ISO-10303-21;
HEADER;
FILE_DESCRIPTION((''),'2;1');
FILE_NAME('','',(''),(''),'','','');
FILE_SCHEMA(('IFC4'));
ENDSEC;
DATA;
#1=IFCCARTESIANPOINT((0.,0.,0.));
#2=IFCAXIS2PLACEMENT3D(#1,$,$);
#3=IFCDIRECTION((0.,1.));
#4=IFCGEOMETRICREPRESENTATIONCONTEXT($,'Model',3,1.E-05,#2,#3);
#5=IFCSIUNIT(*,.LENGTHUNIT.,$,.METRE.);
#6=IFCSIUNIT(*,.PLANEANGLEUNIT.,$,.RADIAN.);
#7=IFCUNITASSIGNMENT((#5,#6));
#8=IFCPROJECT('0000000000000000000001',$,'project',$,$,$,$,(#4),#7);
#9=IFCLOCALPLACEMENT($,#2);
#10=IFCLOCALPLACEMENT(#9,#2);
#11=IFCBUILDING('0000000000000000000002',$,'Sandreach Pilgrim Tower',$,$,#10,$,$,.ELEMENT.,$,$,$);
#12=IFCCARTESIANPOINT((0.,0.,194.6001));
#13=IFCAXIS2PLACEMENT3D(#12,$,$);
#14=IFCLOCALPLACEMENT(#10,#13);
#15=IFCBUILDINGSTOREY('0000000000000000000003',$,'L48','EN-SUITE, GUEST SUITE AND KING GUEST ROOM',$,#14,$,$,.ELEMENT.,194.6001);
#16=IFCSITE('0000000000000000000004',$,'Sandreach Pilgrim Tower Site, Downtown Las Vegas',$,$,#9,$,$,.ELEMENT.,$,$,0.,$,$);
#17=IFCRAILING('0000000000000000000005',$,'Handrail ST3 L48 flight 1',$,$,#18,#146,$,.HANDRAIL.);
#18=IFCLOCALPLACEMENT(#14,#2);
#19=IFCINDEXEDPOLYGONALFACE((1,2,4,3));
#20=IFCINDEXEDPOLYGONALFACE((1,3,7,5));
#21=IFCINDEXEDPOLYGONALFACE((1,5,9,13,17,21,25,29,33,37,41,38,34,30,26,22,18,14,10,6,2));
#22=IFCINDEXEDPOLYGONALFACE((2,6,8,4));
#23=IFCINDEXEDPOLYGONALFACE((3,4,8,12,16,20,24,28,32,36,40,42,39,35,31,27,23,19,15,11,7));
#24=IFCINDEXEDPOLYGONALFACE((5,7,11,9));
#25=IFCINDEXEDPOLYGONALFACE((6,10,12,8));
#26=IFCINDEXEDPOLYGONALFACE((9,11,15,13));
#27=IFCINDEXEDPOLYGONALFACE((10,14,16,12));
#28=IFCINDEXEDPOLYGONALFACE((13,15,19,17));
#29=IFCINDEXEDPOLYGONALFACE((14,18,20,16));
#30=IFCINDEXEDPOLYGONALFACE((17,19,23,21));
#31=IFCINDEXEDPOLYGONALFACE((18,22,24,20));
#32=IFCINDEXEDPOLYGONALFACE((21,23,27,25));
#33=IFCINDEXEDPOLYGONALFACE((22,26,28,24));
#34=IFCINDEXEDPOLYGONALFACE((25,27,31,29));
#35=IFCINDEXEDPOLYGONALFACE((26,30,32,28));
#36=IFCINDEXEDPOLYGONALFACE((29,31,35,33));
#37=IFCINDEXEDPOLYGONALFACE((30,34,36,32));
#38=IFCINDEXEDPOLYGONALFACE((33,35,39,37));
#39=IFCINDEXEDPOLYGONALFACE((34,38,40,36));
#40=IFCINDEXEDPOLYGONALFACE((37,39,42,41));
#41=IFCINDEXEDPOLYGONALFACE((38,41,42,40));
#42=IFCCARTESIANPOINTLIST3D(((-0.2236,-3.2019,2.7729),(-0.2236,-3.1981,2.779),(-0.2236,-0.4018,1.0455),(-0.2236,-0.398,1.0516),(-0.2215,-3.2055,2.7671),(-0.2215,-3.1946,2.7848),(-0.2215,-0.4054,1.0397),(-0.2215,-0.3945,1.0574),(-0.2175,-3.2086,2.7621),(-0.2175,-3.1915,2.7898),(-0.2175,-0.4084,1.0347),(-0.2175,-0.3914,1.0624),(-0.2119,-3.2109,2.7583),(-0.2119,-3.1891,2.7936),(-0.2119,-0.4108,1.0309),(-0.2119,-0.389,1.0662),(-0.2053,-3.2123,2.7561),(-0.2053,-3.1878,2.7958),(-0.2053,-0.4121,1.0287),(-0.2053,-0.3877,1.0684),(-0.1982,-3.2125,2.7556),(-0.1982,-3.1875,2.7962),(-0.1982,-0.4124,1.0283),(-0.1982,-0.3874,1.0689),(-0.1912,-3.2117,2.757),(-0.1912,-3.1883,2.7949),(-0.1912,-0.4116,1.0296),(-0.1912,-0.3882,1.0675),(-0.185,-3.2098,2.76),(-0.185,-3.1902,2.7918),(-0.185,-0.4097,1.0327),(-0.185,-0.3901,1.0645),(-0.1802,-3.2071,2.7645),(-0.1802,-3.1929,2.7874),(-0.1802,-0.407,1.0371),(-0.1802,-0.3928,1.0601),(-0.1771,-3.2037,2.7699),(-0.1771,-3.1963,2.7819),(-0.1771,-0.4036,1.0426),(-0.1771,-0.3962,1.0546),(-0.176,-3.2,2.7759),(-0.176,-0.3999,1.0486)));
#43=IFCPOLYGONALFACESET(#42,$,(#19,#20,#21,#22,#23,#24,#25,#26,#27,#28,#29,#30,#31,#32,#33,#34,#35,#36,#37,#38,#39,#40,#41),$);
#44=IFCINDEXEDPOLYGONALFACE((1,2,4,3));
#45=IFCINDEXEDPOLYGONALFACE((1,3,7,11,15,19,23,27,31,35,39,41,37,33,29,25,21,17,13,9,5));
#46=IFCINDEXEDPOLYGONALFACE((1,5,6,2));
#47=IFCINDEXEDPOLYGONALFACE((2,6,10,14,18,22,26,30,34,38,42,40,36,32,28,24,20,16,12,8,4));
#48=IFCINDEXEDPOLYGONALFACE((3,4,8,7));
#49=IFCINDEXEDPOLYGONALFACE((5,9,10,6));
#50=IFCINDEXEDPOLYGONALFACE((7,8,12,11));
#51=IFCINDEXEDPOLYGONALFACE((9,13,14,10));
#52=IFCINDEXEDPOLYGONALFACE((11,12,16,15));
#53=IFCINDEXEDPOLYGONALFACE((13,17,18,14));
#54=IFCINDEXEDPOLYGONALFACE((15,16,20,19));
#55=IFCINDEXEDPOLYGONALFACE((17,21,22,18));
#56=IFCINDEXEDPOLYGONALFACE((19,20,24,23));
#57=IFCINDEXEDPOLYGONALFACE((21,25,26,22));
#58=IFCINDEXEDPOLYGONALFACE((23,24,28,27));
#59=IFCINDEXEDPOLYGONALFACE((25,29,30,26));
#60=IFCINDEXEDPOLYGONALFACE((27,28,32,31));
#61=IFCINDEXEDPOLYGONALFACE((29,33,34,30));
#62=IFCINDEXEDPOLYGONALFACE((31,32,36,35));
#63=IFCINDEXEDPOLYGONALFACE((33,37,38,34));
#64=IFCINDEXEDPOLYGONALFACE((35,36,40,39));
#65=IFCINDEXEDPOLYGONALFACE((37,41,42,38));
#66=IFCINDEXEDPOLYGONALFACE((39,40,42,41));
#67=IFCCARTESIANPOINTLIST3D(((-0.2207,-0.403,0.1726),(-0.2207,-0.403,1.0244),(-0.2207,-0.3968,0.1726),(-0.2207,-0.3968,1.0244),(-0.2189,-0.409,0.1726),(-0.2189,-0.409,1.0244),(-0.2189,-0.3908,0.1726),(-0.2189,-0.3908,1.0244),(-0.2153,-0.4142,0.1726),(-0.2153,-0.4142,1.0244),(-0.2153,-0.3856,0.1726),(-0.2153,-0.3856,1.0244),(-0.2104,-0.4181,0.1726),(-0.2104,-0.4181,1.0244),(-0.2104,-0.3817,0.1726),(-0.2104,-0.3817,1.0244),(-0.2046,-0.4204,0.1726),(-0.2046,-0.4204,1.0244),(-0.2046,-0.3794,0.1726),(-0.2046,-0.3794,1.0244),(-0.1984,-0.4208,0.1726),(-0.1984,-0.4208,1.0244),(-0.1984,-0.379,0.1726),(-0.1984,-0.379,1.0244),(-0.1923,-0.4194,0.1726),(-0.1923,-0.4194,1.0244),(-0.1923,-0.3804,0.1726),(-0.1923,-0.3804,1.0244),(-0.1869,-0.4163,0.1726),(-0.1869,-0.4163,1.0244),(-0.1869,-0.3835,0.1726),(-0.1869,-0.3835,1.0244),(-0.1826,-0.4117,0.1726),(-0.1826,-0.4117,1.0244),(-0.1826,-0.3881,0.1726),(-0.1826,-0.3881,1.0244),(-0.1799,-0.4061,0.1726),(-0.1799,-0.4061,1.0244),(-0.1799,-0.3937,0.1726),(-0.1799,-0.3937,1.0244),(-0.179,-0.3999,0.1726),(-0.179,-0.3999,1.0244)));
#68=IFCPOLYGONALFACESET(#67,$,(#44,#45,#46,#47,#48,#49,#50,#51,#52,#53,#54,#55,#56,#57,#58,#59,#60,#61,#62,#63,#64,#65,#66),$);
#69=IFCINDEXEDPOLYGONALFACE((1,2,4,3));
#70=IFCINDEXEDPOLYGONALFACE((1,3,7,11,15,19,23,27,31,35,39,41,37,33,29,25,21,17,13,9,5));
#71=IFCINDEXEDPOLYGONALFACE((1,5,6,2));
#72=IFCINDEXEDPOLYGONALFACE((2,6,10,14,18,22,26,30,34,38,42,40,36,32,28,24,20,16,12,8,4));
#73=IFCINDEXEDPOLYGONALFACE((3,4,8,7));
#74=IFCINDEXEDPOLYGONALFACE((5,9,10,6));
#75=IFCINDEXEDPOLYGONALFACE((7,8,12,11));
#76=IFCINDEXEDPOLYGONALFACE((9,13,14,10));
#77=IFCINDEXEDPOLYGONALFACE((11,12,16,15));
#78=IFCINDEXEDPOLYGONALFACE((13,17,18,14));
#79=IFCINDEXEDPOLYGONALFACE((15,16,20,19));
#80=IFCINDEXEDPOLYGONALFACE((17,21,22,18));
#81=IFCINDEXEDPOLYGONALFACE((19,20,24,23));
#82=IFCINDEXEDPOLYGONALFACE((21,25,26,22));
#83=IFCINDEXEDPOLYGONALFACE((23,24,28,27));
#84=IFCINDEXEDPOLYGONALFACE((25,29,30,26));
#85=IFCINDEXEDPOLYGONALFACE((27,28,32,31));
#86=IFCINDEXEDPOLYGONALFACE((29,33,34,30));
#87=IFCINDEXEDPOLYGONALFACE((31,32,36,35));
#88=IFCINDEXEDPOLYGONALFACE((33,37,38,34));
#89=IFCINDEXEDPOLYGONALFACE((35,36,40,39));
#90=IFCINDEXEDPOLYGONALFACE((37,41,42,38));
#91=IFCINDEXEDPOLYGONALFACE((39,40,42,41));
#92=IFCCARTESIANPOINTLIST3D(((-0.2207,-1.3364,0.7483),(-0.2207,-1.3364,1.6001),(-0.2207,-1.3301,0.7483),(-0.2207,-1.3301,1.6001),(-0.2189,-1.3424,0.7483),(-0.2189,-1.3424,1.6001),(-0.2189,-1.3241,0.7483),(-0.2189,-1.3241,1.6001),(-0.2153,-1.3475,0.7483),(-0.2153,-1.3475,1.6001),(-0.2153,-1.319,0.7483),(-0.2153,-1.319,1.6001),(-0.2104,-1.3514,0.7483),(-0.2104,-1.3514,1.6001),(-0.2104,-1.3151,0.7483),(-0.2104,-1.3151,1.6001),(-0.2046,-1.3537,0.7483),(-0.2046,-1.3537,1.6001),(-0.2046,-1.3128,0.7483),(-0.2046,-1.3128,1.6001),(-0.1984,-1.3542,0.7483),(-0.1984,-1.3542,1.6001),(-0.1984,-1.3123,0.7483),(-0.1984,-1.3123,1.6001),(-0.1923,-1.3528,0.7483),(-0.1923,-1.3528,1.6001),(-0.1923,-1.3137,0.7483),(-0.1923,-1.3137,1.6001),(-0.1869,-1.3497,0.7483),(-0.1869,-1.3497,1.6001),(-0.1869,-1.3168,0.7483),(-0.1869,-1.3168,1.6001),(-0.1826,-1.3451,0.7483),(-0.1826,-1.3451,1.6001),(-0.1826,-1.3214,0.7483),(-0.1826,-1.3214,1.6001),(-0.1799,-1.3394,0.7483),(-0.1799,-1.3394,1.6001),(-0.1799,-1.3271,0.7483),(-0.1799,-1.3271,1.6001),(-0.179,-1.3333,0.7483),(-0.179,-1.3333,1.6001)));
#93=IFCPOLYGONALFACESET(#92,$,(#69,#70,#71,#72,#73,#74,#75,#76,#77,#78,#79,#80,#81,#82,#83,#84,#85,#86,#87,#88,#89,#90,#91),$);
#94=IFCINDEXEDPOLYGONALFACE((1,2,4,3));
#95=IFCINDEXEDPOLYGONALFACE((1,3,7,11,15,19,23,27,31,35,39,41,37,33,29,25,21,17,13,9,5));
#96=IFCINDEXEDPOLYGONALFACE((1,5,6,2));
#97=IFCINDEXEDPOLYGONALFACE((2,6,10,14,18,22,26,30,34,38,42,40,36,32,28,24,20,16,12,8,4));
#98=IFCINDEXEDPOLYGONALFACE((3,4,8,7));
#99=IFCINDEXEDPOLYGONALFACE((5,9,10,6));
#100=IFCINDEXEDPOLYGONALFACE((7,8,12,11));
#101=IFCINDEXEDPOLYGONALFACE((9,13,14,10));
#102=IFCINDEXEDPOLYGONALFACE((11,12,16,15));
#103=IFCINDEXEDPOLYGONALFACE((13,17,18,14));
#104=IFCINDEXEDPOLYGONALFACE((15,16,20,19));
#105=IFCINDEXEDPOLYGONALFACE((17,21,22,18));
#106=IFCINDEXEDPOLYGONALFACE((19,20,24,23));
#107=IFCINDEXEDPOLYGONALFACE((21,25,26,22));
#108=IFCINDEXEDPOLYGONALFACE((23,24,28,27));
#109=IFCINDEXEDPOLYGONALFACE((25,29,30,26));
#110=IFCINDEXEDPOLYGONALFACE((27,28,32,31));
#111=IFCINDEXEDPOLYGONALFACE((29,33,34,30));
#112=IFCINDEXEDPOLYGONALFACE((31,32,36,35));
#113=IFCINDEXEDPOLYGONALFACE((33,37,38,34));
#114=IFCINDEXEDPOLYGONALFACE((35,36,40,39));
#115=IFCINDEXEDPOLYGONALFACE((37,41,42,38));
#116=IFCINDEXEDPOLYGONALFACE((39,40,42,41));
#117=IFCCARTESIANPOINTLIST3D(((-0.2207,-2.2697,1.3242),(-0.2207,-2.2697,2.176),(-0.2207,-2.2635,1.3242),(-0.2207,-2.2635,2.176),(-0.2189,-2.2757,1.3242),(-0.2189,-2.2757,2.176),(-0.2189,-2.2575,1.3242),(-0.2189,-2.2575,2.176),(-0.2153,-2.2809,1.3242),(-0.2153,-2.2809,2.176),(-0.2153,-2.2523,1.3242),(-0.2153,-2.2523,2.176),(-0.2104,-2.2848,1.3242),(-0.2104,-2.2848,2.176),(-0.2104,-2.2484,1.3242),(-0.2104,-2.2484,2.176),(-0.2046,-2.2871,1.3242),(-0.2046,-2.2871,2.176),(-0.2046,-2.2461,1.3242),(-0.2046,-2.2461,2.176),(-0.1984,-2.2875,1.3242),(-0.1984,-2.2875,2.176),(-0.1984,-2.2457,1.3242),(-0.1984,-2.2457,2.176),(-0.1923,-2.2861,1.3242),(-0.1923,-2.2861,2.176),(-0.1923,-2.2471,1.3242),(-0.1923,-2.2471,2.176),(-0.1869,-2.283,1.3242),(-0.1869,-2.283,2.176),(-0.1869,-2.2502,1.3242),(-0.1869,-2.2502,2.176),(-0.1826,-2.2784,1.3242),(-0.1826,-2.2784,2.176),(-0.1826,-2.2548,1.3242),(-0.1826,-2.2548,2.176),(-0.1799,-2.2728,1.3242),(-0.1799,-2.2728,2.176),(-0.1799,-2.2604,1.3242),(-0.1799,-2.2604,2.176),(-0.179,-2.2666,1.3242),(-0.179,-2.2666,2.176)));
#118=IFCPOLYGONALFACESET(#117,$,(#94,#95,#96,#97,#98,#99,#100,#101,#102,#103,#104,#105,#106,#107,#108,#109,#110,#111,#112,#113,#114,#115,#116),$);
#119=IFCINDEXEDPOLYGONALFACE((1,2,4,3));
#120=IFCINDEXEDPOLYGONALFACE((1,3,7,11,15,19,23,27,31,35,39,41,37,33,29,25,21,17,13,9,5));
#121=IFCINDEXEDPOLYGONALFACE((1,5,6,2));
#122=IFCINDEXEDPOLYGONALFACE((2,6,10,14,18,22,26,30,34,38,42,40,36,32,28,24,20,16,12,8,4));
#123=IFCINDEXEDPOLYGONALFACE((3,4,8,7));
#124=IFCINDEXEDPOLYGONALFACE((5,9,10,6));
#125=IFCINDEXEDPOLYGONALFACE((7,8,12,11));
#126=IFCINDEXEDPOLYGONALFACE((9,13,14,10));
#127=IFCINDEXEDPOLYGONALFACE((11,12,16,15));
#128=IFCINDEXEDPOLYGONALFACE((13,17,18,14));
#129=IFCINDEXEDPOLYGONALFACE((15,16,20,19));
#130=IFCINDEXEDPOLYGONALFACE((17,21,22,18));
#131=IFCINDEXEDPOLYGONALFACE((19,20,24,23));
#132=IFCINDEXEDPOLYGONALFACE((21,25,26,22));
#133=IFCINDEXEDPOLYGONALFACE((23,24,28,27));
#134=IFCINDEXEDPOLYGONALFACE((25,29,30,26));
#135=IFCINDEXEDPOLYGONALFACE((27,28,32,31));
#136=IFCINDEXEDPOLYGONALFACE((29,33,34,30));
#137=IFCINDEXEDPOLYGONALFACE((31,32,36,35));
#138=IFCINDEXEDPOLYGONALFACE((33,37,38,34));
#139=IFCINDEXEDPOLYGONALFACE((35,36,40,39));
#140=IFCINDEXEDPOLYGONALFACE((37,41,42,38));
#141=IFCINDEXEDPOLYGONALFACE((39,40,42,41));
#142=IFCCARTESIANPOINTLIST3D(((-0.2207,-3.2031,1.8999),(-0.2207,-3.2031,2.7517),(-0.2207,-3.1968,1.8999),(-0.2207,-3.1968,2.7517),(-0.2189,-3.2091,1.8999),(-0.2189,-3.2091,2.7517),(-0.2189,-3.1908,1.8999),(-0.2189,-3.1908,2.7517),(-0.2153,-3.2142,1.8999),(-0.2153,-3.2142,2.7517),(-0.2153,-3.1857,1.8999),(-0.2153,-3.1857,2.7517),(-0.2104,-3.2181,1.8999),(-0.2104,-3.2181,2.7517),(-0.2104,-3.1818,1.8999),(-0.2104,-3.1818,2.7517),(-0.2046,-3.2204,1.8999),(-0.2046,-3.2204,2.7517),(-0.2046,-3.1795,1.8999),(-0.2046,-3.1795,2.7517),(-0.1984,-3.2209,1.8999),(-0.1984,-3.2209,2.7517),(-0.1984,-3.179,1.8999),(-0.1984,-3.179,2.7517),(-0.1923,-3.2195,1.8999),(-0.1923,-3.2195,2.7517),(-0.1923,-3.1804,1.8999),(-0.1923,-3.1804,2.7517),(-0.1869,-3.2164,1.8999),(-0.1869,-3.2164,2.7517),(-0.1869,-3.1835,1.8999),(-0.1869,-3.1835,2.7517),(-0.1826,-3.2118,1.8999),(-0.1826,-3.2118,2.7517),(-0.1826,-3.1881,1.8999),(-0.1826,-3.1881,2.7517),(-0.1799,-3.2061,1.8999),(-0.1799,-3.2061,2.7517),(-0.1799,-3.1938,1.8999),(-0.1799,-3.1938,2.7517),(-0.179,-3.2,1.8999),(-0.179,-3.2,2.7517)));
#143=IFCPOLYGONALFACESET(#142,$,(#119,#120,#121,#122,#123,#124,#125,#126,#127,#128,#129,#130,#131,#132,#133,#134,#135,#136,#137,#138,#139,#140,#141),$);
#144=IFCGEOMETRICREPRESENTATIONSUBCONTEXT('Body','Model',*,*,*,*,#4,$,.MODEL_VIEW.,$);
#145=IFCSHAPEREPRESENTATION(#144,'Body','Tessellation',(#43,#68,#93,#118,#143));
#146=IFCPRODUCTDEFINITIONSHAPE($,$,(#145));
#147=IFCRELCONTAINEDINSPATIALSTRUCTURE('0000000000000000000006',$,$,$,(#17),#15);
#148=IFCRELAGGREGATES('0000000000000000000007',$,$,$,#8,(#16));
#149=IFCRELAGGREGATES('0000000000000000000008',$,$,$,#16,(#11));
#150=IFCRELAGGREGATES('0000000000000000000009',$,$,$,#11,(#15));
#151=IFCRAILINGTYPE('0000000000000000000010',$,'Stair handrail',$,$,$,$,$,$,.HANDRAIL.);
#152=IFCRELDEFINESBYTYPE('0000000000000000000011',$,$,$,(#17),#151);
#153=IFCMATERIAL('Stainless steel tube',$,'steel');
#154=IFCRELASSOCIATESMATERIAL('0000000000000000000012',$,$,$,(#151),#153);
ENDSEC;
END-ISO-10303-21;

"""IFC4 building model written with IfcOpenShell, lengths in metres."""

from ifc_helpers import new_model, si_unit, direction, frame, origin, origin_2d, place, context, subcontext, project, spatial, circle, extrude, material, type_object, element, save


model = new_model("IFC4")

# Units and contexts
model_context = context("Model", 3, precision=1e-05, world=origin(), true_north=direction((0.0, 1.0)))
body_context = subcontext(model_context, "Body", "Model", "MODEL_VIEW")
ifc_project = project(units=[si_unit("LENGTHUNIT", "METRE"), si_unit("PLANEANGLEUNIT", "RADIAN")], contexts=[model_context])

# Site, building, storey
site_placement = place(None, origin())
site = spatial("IfcSite", under=ifc_project, at=site_placement, Name="Sandreach Pilgrim Tower Site, Downtown Las Vegas", CompositionType="ELEMENT", RefElevation=0.0)
building_placement = place(site_placement, origin())
building = spatial("IfcBuilding", under=site, at=building_placement, Name="Sandreach Pilgrim Tower", CompositionType="ELEMENT")
storey_placement = place(building_placement, frame((0.0, 0.0, 194.6001)))
storey = spatial("IfcBuildingStorey", under=building, at=storey_placement, Name="L48", Description="EN-SUITE, GUEST SUITE AND KING GUEST ROOM", CompositionType="ELEMENT", Elevation=194.6001)

# Railing
ifc_material_1 = material(Name="Stainless steel tube", Category="steel")
railing_type = type_object("IfcRailingType", Name="Stair handrail", PredefinedType="HANDRAIL", material=ifc_material_1)
for number, where, name in (
    (1, (-0.2, -0.3999, 0.1726), "Handrail ST3 L48 flight 1"),
):
    element("IfcRailing", number, at=place(storey_placement, frame(where)), inside=storey, type_object=railing_type, Name=name, PredefinedType="HANDRAIL", context=body_context, shape_type="SweptSolid", body=[
        extrude(circle(Radius=0.0239, at=origin_2d()), frame((0.0, 0.0, 0.876), z_axis=(0.0, -0.85109, 0.52502), x_axis=(1.0, 0.0, 0.0)), (0.0, 0.0, 1.0), 3.29),
        extrude(circle(Radius=0.021, at=origin_2d()), origin(), (0.0, 0.0, 1.0), 0.8518),
        extrude(circle(Radius=0.021, at=origin_2d()), frame((0.0, -0.9333, 0.5757)), (0.0, 0.0, 1.0), 0.8518),
        extrude(circle(Radius=0.021, at=origin_2d()), frame((0.0, -1.8667, 1.1516)), (0.0, 0.0, 1.0), 0.8518),
        extrude(circle(Radius=0.021, at=origin_2d()), frame((0.0, -2.8, 1.7273)), (0.0, 0.0, 1.0), 0.8518),
    ])

save(model, "model.ifc")
